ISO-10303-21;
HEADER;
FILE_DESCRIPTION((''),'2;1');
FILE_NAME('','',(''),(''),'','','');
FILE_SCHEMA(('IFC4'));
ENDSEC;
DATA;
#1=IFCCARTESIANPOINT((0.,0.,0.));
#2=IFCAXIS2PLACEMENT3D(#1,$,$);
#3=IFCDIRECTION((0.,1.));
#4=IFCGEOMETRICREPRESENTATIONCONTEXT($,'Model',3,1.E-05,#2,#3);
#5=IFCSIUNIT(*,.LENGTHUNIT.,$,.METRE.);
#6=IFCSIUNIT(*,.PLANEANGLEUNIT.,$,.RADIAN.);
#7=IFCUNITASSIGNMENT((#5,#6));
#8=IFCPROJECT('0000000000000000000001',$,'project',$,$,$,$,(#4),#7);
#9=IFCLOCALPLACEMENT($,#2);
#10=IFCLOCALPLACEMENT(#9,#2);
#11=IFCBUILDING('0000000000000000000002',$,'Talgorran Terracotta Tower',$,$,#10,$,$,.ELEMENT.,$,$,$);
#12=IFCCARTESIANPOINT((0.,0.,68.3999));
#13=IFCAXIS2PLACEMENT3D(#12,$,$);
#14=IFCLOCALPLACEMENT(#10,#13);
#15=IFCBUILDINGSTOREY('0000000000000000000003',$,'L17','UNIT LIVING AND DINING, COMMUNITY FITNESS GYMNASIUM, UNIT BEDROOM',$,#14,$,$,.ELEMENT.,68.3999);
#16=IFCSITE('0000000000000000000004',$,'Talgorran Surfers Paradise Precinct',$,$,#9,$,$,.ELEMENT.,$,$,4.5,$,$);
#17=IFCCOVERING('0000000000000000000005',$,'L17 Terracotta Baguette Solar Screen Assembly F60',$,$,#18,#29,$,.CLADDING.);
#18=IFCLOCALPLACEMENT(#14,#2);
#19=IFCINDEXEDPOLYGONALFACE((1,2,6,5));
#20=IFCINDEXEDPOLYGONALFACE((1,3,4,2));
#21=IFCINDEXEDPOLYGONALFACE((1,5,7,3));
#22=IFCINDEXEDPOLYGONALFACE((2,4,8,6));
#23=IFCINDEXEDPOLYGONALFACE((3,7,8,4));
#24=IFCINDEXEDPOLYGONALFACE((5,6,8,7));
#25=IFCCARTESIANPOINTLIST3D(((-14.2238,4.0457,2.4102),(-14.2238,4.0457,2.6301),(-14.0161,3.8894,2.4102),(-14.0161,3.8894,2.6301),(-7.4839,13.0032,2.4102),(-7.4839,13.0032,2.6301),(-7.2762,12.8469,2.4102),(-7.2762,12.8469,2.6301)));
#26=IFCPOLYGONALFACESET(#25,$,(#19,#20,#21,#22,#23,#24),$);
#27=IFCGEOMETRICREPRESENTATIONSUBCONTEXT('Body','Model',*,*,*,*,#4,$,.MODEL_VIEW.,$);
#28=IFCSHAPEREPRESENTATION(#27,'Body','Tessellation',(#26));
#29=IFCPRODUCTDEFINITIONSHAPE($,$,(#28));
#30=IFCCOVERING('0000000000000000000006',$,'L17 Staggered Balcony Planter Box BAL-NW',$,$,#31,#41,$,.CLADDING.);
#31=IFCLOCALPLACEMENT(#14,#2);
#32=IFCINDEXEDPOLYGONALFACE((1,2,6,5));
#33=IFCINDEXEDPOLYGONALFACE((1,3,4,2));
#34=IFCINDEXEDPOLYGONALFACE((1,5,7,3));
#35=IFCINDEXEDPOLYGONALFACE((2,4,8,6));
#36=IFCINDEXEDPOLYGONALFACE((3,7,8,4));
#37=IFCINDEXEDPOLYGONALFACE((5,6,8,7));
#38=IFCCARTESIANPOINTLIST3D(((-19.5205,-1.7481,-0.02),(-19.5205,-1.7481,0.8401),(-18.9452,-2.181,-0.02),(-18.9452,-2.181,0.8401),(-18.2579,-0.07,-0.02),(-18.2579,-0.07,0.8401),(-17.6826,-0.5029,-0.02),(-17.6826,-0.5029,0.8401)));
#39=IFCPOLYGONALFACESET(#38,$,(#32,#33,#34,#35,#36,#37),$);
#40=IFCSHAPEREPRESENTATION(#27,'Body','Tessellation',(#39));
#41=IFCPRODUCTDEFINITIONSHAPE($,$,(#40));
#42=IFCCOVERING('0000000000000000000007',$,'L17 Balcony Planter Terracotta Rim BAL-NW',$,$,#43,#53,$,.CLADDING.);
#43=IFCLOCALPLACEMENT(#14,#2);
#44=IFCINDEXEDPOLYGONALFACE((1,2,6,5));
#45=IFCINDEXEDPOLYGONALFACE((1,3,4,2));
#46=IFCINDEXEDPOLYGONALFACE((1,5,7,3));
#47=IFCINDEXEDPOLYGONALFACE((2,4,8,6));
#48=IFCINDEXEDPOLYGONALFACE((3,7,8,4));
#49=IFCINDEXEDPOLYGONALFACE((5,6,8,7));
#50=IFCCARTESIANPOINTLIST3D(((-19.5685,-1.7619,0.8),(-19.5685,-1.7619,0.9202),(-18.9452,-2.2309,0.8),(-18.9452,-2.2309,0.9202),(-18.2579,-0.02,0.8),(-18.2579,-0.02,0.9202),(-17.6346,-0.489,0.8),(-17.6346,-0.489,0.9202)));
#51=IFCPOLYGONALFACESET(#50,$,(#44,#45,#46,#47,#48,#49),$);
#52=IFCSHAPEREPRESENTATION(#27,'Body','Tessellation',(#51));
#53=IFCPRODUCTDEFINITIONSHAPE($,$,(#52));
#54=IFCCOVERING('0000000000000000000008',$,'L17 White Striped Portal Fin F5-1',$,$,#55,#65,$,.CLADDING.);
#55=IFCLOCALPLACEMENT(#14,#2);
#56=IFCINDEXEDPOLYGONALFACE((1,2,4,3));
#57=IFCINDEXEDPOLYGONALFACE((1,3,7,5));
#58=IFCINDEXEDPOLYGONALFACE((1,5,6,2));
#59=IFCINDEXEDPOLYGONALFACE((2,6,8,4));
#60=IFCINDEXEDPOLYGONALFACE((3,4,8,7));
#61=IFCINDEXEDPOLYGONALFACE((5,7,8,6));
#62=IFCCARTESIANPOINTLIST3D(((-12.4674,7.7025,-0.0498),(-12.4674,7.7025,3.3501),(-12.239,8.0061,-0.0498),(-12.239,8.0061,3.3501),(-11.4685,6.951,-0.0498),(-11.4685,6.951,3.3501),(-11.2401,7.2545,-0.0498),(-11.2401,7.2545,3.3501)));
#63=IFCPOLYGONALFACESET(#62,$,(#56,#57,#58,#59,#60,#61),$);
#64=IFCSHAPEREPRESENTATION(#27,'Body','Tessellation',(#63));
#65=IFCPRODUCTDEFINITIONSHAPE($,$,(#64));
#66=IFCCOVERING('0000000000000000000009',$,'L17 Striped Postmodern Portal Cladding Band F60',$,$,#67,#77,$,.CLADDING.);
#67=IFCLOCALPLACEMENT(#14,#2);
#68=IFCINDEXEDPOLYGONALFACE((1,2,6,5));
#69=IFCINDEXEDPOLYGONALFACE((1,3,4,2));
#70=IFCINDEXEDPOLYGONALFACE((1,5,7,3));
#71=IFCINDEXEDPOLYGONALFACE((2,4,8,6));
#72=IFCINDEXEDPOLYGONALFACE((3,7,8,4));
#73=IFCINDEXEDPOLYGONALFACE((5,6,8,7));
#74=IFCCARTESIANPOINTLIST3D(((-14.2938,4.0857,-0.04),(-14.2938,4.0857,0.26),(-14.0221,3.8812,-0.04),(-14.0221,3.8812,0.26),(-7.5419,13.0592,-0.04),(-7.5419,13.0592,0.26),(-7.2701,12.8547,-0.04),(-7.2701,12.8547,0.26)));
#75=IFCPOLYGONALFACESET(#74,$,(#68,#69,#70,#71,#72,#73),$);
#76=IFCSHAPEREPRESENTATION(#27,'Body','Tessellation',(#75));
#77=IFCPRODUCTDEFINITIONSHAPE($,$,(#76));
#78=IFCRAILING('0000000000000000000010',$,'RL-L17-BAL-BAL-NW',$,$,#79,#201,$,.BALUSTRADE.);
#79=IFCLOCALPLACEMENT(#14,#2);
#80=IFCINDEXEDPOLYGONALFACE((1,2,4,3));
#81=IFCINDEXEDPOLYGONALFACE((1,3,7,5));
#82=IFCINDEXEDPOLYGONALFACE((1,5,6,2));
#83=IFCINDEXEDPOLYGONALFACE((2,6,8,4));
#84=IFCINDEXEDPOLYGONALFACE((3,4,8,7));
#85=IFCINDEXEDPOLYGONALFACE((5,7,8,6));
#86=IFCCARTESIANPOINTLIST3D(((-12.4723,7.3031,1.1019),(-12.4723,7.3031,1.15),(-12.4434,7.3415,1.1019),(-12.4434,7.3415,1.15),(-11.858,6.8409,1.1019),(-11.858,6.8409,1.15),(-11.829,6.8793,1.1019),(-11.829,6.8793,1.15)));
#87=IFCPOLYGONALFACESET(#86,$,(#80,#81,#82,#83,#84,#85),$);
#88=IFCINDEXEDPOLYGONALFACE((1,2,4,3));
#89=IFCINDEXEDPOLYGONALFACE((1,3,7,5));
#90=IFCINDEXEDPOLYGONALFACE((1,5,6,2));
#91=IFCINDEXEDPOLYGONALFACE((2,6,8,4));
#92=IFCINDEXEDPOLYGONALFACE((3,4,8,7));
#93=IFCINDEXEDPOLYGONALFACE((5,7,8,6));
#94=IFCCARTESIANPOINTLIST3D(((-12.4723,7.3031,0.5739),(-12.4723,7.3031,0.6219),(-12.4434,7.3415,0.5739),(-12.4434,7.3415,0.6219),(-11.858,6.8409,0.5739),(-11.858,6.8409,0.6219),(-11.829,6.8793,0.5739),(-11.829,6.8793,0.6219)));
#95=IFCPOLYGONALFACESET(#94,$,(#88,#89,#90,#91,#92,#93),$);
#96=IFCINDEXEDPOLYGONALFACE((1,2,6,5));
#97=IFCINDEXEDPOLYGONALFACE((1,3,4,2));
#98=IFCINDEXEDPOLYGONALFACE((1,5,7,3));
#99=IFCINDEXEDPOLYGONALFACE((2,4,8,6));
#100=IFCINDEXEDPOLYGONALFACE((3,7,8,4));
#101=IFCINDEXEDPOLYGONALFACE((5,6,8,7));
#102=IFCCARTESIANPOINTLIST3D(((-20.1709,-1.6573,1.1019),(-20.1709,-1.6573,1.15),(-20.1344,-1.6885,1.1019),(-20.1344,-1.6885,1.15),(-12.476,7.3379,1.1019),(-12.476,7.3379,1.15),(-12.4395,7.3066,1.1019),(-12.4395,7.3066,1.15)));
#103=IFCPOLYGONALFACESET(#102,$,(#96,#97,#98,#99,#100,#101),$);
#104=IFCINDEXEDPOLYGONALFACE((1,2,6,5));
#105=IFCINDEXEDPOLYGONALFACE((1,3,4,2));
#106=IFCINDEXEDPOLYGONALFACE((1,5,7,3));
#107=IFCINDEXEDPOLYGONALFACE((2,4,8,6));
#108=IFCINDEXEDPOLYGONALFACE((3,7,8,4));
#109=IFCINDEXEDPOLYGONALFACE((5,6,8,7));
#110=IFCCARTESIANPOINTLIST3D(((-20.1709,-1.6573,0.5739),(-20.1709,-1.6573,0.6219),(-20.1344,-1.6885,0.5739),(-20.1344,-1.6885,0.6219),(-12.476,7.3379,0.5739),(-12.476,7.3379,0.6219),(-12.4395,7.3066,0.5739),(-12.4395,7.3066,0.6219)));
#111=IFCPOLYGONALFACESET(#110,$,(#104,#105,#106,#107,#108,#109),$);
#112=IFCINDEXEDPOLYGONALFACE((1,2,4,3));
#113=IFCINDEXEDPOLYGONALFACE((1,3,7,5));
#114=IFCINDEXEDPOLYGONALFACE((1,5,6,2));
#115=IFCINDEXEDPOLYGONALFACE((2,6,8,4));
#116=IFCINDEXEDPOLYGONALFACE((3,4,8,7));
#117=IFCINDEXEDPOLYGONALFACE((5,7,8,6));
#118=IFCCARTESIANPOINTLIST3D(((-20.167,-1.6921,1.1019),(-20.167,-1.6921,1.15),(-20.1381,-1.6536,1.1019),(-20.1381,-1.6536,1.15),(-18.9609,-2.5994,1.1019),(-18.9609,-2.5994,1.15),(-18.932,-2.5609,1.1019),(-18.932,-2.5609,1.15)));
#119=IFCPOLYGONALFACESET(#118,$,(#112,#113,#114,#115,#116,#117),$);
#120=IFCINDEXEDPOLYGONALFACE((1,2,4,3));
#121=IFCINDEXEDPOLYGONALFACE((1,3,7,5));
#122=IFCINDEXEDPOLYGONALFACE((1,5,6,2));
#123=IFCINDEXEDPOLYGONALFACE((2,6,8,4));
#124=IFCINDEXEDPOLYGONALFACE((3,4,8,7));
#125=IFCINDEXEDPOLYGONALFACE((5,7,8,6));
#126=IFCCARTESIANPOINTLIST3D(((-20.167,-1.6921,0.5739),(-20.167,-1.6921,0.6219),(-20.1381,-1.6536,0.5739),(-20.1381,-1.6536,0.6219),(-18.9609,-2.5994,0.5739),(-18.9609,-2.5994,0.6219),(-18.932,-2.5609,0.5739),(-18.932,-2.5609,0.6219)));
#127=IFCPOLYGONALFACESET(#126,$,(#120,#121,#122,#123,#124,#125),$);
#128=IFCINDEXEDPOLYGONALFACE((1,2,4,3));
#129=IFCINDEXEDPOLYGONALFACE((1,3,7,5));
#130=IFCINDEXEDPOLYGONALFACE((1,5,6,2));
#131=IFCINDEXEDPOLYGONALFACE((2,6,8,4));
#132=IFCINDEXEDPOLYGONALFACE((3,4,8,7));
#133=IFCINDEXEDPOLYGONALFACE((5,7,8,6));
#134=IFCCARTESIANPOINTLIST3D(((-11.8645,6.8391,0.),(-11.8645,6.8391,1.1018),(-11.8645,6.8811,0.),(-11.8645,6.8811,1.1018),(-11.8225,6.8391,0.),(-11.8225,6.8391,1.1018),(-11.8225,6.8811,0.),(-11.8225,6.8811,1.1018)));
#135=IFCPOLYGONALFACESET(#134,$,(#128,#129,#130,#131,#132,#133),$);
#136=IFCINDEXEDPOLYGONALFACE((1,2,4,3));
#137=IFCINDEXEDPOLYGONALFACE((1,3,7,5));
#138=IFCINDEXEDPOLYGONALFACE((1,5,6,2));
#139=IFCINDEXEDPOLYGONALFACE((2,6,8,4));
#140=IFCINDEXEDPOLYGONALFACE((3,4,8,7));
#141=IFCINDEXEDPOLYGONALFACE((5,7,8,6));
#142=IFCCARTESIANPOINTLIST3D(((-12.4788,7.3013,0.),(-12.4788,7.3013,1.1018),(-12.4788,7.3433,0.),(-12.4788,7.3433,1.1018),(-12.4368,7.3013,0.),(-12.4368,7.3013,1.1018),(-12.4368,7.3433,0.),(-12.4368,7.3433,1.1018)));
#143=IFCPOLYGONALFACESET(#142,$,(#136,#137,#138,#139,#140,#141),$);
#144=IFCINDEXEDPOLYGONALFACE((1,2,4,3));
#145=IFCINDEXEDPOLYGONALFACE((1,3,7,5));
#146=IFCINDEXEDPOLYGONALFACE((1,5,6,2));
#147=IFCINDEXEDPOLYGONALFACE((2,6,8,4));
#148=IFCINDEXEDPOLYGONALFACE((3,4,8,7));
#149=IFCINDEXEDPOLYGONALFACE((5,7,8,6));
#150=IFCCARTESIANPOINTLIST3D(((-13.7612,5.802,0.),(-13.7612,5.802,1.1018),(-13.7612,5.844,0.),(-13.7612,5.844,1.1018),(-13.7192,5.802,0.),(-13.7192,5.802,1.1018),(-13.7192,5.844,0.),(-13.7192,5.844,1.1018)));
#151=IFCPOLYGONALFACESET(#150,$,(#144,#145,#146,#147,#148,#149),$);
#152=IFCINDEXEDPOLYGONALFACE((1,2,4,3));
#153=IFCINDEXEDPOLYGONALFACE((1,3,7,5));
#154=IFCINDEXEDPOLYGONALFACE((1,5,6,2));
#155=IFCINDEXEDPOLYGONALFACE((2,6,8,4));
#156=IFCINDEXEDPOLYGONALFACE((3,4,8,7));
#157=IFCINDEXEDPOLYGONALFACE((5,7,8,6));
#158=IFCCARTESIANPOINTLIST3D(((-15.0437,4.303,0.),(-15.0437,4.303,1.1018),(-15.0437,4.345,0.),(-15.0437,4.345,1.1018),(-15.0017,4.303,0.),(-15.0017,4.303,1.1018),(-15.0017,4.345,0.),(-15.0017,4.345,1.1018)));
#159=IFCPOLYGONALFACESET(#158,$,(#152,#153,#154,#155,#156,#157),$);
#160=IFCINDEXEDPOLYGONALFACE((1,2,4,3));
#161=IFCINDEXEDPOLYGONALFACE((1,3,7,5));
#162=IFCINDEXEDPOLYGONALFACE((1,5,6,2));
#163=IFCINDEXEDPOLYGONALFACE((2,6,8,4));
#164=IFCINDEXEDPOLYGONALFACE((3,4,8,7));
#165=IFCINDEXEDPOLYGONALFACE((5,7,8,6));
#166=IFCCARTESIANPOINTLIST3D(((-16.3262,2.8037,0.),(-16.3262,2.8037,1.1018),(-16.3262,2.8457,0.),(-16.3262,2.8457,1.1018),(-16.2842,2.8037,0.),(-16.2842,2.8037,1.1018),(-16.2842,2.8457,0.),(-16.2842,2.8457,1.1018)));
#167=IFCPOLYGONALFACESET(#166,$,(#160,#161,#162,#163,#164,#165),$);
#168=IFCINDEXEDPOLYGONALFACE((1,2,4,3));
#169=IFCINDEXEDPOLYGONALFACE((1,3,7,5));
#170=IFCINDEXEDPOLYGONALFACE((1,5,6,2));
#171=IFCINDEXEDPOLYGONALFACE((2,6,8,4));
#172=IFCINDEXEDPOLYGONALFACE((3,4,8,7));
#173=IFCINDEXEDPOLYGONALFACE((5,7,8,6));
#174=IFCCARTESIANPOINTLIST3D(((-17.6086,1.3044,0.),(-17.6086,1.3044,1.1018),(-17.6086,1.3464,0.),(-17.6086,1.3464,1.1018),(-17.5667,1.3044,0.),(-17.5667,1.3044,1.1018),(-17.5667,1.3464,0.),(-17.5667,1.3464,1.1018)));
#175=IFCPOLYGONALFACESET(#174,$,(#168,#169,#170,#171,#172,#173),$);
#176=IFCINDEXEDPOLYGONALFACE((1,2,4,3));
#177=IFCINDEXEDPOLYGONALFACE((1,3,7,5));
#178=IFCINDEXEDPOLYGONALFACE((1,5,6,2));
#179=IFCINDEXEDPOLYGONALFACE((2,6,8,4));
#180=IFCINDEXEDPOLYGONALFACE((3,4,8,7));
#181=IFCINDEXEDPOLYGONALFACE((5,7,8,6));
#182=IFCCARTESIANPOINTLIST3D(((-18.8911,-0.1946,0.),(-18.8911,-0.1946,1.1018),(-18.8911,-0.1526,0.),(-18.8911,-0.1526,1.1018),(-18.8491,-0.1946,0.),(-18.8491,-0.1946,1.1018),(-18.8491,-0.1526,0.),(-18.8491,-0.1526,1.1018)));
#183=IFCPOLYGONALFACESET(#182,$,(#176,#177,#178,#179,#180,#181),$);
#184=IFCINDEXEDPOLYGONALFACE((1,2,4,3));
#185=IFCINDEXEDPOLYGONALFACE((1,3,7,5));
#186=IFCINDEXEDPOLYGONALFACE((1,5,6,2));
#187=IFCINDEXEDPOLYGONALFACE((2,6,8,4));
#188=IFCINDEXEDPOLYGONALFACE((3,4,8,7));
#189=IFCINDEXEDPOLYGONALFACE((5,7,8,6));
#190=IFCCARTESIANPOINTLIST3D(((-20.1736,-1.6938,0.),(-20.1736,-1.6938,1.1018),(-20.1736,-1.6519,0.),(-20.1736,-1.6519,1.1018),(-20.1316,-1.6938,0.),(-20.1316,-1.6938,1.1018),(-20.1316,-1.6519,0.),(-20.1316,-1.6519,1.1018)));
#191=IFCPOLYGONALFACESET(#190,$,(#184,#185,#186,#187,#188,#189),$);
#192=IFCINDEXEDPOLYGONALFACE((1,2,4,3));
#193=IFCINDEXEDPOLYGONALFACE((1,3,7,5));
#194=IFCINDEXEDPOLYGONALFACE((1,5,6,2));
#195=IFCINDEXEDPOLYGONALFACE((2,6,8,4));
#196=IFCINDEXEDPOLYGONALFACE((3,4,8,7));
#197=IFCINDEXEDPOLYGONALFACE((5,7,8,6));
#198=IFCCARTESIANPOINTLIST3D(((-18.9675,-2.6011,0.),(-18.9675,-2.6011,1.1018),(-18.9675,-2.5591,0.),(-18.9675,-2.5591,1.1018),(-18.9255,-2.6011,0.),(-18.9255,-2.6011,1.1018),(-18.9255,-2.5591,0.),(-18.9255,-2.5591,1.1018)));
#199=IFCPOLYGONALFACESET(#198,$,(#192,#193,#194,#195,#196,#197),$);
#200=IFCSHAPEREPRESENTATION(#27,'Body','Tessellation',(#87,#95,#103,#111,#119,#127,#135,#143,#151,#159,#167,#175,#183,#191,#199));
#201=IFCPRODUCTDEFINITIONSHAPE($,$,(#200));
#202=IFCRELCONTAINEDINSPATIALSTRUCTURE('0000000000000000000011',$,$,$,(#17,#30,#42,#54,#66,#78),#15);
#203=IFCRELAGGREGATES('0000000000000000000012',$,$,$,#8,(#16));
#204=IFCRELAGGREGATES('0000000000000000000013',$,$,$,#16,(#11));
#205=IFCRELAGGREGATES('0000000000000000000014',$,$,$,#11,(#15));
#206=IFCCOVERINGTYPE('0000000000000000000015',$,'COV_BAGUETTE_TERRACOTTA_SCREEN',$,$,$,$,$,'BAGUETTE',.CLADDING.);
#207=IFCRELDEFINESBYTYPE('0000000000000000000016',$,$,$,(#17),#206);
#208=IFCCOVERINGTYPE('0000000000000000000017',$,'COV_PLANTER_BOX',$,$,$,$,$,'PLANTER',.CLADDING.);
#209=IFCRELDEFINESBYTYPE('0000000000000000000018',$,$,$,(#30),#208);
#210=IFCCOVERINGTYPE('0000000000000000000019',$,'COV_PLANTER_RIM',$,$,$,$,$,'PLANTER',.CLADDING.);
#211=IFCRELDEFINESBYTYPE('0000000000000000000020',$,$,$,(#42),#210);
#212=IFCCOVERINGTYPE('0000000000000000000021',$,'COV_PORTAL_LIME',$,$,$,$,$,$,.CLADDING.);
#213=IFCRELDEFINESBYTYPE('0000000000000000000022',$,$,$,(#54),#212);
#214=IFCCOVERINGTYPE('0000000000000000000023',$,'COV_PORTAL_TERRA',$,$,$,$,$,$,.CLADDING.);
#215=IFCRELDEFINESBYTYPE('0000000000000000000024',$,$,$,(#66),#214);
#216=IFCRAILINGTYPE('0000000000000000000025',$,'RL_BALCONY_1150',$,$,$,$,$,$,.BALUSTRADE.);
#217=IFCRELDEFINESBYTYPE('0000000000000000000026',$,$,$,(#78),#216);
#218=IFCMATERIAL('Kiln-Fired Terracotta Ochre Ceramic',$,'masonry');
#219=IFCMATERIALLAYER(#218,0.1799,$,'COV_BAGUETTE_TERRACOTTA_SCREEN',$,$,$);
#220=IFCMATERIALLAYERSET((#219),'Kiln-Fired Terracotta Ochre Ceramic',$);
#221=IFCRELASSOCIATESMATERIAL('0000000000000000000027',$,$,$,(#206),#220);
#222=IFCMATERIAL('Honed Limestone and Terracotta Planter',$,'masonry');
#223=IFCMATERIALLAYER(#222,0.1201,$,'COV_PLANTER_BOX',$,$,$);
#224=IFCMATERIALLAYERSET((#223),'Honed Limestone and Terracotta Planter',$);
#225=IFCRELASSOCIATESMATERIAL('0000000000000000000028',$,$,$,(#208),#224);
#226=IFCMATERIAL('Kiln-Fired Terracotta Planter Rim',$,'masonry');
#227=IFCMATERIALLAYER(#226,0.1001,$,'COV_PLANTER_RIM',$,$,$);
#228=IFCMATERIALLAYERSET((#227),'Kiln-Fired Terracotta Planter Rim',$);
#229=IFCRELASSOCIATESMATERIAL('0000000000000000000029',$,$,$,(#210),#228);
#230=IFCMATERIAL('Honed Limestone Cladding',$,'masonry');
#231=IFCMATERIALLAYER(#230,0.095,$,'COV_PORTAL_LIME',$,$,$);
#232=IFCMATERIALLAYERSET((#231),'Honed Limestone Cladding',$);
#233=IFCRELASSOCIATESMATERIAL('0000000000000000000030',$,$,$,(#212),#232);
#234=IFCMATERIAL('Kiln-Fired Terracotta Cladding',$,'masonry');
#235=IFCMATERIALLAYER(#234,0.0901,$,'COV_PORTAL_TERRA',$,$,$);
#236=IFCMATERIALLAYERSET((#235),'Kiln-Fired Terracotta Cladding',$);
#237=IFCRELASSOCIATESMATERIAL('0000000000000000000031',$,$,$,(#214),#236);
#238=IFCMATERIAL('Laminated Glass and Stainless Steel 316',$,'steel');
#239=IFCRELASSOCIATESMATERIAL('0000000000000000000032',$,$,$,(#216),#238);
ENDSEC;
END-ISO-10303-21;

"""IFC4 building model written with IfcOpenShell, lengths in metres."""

from ifc_helpers import new_model, si_unit, direction, frame, origin, origin_2d, place, context, subcontext, project, spatial, rectangle, extrude, material, layer, layer_set, type_object, element, save


model = new_model("IFC4")

# Units and contexts
model_context = context("Model", 3, precision=1e-05, world=origin(), true_north=direction((0.0, 1.0)))
body_context = subcontext(model_context, "Body", "Model", "MODEL_VIEW")
ifc_project = project(units=[si_unit("LENGTHUNIT", "METRE"), si_unit("PLANEANGLEUNIT", "RADIAN")], contexts=[model_context])

# Site, building, storey
site_placement = place(None, origin())
site = spatial("IfcSite", under=ifc_project, at=site_placement, Name="Talgorran Surfers Paradise Precinct", CompositionType="ELEMENT", RefElevation=4.5)
building_placement = place(site_placement, origin())
building = spatial("IfcBuilding", under=site, at=building_placement, Name="Talgorran Terracotta Tower", CompositionType="ELEMENT")
storey_placement = place(building_placement, frame((0.0, 0.0, 68.3999)))
storey = spatial("IfcBuildingStorey", under=building, at=storey_placement, Name="L17", Description="UNIT LIVING AND DINING, COMMUNITY FITNESS GYMNASIUM, UNIT BEDROOM", CompositionType="ELEMENT", Elevation=68.3999)

# Coverings
ifc_material_1 = material(Name="Kiln-Fired Terracotta Ochre Ceramic", Category="masonry")
ifc_layer_1 = layer(ifc_material_1, 0.1799, Name="COV_BAGUETTE_TERRACOTTA_SCREEN")
ifc_layer_set_1 = layer_set([ifc_layer_1], Name="Kiln-Fired Terracotta Ochre Ceramic")
covering_type_1 = type_object("IfcCoveringType", Name="COV_BAGUETTE_TERRACOTTA_SCREEN", ElementType="BAGUETTE", PredefinedType="CLADDING", material=ifc_layer_set_1)
covering_1_placement = place(storey_placement, frame((-10.75, 8.4463, 2.4102), z_axis=(0.0, 0.0, 1.0), x_axis=(-0.601243, -0.799066, 0.0)))
element("IfcCovering", 1, at=covering_1_placement, inside=storey, type_object=covering_type_1, Name="L17 Terracotta Baguette Solar Screen Assembly F60", PredefinedType="CLADDING", context=body_context, shape_type="SweptSolid", body=[
    extrude(rectangle(XDim=11.21, YDim=0.26, at=origin_2d()), origin(), (0.0, 0.0, 1.0), 0.22),
])
ifc_material_2 = material(Name="Honed Limestone and Terracotta Planter", Category="masonry")
ifc_layer_2 = layer(ifc_material_2, 0.1201, Name="COV_PLANTER_BOX")
ifc_layer_set_2 = layer_set([ifc_layer_2], Name="Honed Limestone and Terracotta Planter")
covering_type_2 = type_object("IfcCoveringType", Name="COV_PLANTER_BOX", ElementType="PLANTER", PredefinedType="CLADDING", material=ifc_layer_set_2)
covering_2_placement = place(storey_placement, frame((-18.6016, -1.1255, -0.02), z_axis=(0.0, 0.0, 1.0), x_axis=(-0.601243, -0.799066, 0.0)))
element("IfcCovering", 2, at=covering_2_placement, inside=storey, type_object=covering_type_2, Name="L17 Staggered Balcony Planter Box BAL-NW", PredefinedType="CLADDING", context=body_context, shape_type="SweptSolid", body=[
    extrude(rectangle(XDim=2.1001, YDim=0.72, at=origin_2d()), origin(), (0.0, 0.0, 1.0), 0.8601),
])
ifc_material_3 = material(Name="Kiln-Fired Terracotta Planter Rim", Category="masonry")
ifc_layer_3 = layer(ifc_material_3, 0.1001, Name="COV_PLANTER_RIM")
ifc_layer_set_3 = layer_set([ifc_layer_3], Name="Kiln-Fired Terracotta Planter Rim")
covering_type_3 = type_object("IfcCoveringType", Name="COV_PLANTER_RIM", ElementType="PLANTER", PredefinedType="CLADDING", material=ifc_layer_set_3)
covering_3_placement = place(storey_placement, frame((-18.6016, -1.1255, 0.8), z_axis=(0.0, 0.0, 1.0), x_axis=(-0.601243, -0.799066, 0.0)))
element("IfcCovering", 3, at=covering_3_placement, inside=storey, type_object=covering_type_3, Name="L17 Balcony Planter Terracotta Rim BAL-NW", PredefinedType="CLADDING", context=body_context, shape_type="SweptSolid", body=[
    extrude(rectangle(XDim=2.1799, YDim=0.78, at=origin_2d()), origin(), (0.0, 0.0, 1.0), 0.1201),
])
ifc_material_4 = material(Name="Honed Limestone Cladding", Category="masonry")
ifc_layer_4 = layer(ifc_material_4, 0.095, Name="COV_PORTAL_LIME")
ifc_layer_set_4 = layer_set([ifc_layer_4], Name="Honed Limestone Cladding")
covering_type_4 = type_object("IfcCoveringType", Name="COV_PORTAL_LIME", PredefinedType="CLADDING", material=ifc_layer_set_4)
covering_4_placement = place(storey_placement, frame((-11.8538, 7.4785, -0.0498), z_axis=(0.0, 0.0, 1.0), x_axis=(-0.601243, -0.799066, 0.0)))
element("IfcCovering", 4, at=covering_4_placement, inside=storey, type_object=covering_type_4, Name="L17 White Striped Portal Fin F5-1", PredefinedType="CLADDING", context=body_context, shape_type="SweptSolid", body=[
    extrude(rectangle(XDim=0.3799, YDim=1.25, at=origin_2d()), origin(), (0.0, 0.0, 1.0), 3.3999),
])
ifc_material_5 = material(Name="Kiln-Fired Terracotta Cladding", Category="masonry")
ifc_layer_5 = layer(ifc_material_5, 0.0901, Name="COV_PORTAL_TERRA")
ifc_layer_set_5 = layer_set([ifc_layer_5], Name="Kiln-Fired Terracotta Cladding")
covering_type_5 = type_object("IfcCoveringType", Name="COV_PORTAL_TERRA", PredefinedType="CLADDING", material=ifc_layer_set_5)
covering_5_placement = place(storey_placement, frame((-10.782, 8.4702, -0.04), z_axis=(0.0, 0.0, 1.0), x_axis=(-0.601243, -0.799066, 0.0)))
element("IfcCovering", 5, at=covering_5_placement, inside=storey, type_object=covering_type_5, Name="L17 Striped Postmodern Portal Cladding Band F60", PredefinedType="CLADDING", context=body_context, shape_type="SweptSolid", body=[
    extrude(rectangle(XDim=11.23, YDim=0.3401, at=origin_2d()), origin(), (0.0, 0.0, 1.0), 0.3),
])

# Railing
ifc_material_6 = material(Name="Laminated Glass and Stainless Steel 316", Category="steel")
railing_type = type_object("IfcRailingType", Name="RL_BALCONY_1150", PredefinedType="BALUSTRADE", material=ifc_material_6)
railing_placement = place(storey_placement, frame((-11.8435, 6.8601, 0.0)))
element("IfcRailing", 6, at=railing_placement, inside=storey, type_object=railing_type, Name="RL-L17-BAL-BAL-NW", PredefinedType="BALUSTRADE", context=body_context, shape_type="SweptSolid", body=[
    extrude(rectangle(XDim=0.0481, YDim=0.0481, at=origin_2d()), frame((0.0, 0.0, 1.126), z_axis=(-0.799084, 0.601219, 0.0), x_axis=(-0.601219, -0.799084, 0.0)), (0.0, 0.0, 1.0), 0.7688),
    extrude(rectangle(XDim=0.0481, YDim=0.0481, at=origin_2d()), frame((0.0, 0.0, 0.5979), z_axis=(-0.799084, 0.601219, 0.0), x_axis=(-0.601219, -0.799084, 0.0)), (0.0, 0.0, 1.0), 0.7688),
    extrude(rectangle(XDim=0.0481, YDim=0.0481, at=origin_2d()), frame((-0.6143, 0.4622, 1.126), z_axis=(-0.650047, -0.759894, 0.0), x_axis=(0.759894, -0.650047, 0.0)), (0.0, 0.0, 1.0), 11.8374),
    extrude(rectangle(XDim=0.0481, YDim=0.0481, at=origin_2d()), frame((-0.6143, 0.4622, 0.5979), z_axis=(-0.650047, -0.759894, 0.0), x_axis=(0.759894, -0.650047, 0.0)), (0.0, 0.0, 1.0), 11.8374),
    extrude(rectangle(XDim=0.0481, YDim=0.0481, at=origin_2d()), frame((-8.3091, -8.533, 1.126), z_axis=(0.799145, -0.601138, 0.0), x_axis=(0.601138, 0.799145, 0.0)), (0.0, 0.0, 1.0), 1.5093),
    extrude(rectangle(XDim=0.0481, YDim=0.0481, at=origin_2d()), frame((-8.3091, -8.533, 0.5979), z_axis=(0.799145, -0.601138, 0.0), x_axis=(0.601138, 0.799145, 0.0)), (0.0, 0.0, 1.0), 1.5093),
    extrude(rectangle(XDim=0.042, YDim=0.042, at=origin_2d()), origin(), (0.0, 0.0, 1.0), 1.1018),
    extrude(rectangle(XDim=0.042, YDim=0.042, at=origin_2d()), frame((-0.6143, 0.4622, 0.0)), (0.0, 0.0, 1.0), 1.1018),
    extrude(rectangle(XDim=0.042, YDim=0.042, at=origin_2d()), frame((-1.8967, -1.0371, 0.0)), (0.0, 0.0, 1.0), 1.1018),
    extrude(rectangle(XDim=0.042, YDim=0.042, at=origin_2d()), frame((-3.1792, -2.5361, 0.0)), (0.0, 0.0, 1.0), 1.1018),
    extrude(rectangle(XDim=0.042, YDim=0.042, at=origin_2d()), frame((-4.4617, -4.0354, 0.0)), (0.0, 0.0, 1.0), 1.1018),
    extrude(rectangle(XDim=0.042, YDim=0.042, at=origin_2d()), frame((-5.7441, -5.5347, 0.0)), (0.0, 0.0, 1.0), 1.1018),
    extrude(rectangle(XDim=0.042, YDim=0.042, at=origin_2d()), frame((-7.0266, -7.0337, 0.0)), (0.0, 0.0, 1.0), 1.1018),
    extrude(rectangle(XDim=0.042, YDim=0.042, at=origin_2d()), frame((-8.3091, -8.533, 0.0)), (0.0, 0.0, 1.0), 1.1018),
    extrude(rectangle(XDim=0.042, YDim=0.042, at=origin_2d()), frame((-7.103, -9.4402, 0.0)), (0.0, 0.0, 1.0), 1.1018),
])

save(model, "model.ifc")
